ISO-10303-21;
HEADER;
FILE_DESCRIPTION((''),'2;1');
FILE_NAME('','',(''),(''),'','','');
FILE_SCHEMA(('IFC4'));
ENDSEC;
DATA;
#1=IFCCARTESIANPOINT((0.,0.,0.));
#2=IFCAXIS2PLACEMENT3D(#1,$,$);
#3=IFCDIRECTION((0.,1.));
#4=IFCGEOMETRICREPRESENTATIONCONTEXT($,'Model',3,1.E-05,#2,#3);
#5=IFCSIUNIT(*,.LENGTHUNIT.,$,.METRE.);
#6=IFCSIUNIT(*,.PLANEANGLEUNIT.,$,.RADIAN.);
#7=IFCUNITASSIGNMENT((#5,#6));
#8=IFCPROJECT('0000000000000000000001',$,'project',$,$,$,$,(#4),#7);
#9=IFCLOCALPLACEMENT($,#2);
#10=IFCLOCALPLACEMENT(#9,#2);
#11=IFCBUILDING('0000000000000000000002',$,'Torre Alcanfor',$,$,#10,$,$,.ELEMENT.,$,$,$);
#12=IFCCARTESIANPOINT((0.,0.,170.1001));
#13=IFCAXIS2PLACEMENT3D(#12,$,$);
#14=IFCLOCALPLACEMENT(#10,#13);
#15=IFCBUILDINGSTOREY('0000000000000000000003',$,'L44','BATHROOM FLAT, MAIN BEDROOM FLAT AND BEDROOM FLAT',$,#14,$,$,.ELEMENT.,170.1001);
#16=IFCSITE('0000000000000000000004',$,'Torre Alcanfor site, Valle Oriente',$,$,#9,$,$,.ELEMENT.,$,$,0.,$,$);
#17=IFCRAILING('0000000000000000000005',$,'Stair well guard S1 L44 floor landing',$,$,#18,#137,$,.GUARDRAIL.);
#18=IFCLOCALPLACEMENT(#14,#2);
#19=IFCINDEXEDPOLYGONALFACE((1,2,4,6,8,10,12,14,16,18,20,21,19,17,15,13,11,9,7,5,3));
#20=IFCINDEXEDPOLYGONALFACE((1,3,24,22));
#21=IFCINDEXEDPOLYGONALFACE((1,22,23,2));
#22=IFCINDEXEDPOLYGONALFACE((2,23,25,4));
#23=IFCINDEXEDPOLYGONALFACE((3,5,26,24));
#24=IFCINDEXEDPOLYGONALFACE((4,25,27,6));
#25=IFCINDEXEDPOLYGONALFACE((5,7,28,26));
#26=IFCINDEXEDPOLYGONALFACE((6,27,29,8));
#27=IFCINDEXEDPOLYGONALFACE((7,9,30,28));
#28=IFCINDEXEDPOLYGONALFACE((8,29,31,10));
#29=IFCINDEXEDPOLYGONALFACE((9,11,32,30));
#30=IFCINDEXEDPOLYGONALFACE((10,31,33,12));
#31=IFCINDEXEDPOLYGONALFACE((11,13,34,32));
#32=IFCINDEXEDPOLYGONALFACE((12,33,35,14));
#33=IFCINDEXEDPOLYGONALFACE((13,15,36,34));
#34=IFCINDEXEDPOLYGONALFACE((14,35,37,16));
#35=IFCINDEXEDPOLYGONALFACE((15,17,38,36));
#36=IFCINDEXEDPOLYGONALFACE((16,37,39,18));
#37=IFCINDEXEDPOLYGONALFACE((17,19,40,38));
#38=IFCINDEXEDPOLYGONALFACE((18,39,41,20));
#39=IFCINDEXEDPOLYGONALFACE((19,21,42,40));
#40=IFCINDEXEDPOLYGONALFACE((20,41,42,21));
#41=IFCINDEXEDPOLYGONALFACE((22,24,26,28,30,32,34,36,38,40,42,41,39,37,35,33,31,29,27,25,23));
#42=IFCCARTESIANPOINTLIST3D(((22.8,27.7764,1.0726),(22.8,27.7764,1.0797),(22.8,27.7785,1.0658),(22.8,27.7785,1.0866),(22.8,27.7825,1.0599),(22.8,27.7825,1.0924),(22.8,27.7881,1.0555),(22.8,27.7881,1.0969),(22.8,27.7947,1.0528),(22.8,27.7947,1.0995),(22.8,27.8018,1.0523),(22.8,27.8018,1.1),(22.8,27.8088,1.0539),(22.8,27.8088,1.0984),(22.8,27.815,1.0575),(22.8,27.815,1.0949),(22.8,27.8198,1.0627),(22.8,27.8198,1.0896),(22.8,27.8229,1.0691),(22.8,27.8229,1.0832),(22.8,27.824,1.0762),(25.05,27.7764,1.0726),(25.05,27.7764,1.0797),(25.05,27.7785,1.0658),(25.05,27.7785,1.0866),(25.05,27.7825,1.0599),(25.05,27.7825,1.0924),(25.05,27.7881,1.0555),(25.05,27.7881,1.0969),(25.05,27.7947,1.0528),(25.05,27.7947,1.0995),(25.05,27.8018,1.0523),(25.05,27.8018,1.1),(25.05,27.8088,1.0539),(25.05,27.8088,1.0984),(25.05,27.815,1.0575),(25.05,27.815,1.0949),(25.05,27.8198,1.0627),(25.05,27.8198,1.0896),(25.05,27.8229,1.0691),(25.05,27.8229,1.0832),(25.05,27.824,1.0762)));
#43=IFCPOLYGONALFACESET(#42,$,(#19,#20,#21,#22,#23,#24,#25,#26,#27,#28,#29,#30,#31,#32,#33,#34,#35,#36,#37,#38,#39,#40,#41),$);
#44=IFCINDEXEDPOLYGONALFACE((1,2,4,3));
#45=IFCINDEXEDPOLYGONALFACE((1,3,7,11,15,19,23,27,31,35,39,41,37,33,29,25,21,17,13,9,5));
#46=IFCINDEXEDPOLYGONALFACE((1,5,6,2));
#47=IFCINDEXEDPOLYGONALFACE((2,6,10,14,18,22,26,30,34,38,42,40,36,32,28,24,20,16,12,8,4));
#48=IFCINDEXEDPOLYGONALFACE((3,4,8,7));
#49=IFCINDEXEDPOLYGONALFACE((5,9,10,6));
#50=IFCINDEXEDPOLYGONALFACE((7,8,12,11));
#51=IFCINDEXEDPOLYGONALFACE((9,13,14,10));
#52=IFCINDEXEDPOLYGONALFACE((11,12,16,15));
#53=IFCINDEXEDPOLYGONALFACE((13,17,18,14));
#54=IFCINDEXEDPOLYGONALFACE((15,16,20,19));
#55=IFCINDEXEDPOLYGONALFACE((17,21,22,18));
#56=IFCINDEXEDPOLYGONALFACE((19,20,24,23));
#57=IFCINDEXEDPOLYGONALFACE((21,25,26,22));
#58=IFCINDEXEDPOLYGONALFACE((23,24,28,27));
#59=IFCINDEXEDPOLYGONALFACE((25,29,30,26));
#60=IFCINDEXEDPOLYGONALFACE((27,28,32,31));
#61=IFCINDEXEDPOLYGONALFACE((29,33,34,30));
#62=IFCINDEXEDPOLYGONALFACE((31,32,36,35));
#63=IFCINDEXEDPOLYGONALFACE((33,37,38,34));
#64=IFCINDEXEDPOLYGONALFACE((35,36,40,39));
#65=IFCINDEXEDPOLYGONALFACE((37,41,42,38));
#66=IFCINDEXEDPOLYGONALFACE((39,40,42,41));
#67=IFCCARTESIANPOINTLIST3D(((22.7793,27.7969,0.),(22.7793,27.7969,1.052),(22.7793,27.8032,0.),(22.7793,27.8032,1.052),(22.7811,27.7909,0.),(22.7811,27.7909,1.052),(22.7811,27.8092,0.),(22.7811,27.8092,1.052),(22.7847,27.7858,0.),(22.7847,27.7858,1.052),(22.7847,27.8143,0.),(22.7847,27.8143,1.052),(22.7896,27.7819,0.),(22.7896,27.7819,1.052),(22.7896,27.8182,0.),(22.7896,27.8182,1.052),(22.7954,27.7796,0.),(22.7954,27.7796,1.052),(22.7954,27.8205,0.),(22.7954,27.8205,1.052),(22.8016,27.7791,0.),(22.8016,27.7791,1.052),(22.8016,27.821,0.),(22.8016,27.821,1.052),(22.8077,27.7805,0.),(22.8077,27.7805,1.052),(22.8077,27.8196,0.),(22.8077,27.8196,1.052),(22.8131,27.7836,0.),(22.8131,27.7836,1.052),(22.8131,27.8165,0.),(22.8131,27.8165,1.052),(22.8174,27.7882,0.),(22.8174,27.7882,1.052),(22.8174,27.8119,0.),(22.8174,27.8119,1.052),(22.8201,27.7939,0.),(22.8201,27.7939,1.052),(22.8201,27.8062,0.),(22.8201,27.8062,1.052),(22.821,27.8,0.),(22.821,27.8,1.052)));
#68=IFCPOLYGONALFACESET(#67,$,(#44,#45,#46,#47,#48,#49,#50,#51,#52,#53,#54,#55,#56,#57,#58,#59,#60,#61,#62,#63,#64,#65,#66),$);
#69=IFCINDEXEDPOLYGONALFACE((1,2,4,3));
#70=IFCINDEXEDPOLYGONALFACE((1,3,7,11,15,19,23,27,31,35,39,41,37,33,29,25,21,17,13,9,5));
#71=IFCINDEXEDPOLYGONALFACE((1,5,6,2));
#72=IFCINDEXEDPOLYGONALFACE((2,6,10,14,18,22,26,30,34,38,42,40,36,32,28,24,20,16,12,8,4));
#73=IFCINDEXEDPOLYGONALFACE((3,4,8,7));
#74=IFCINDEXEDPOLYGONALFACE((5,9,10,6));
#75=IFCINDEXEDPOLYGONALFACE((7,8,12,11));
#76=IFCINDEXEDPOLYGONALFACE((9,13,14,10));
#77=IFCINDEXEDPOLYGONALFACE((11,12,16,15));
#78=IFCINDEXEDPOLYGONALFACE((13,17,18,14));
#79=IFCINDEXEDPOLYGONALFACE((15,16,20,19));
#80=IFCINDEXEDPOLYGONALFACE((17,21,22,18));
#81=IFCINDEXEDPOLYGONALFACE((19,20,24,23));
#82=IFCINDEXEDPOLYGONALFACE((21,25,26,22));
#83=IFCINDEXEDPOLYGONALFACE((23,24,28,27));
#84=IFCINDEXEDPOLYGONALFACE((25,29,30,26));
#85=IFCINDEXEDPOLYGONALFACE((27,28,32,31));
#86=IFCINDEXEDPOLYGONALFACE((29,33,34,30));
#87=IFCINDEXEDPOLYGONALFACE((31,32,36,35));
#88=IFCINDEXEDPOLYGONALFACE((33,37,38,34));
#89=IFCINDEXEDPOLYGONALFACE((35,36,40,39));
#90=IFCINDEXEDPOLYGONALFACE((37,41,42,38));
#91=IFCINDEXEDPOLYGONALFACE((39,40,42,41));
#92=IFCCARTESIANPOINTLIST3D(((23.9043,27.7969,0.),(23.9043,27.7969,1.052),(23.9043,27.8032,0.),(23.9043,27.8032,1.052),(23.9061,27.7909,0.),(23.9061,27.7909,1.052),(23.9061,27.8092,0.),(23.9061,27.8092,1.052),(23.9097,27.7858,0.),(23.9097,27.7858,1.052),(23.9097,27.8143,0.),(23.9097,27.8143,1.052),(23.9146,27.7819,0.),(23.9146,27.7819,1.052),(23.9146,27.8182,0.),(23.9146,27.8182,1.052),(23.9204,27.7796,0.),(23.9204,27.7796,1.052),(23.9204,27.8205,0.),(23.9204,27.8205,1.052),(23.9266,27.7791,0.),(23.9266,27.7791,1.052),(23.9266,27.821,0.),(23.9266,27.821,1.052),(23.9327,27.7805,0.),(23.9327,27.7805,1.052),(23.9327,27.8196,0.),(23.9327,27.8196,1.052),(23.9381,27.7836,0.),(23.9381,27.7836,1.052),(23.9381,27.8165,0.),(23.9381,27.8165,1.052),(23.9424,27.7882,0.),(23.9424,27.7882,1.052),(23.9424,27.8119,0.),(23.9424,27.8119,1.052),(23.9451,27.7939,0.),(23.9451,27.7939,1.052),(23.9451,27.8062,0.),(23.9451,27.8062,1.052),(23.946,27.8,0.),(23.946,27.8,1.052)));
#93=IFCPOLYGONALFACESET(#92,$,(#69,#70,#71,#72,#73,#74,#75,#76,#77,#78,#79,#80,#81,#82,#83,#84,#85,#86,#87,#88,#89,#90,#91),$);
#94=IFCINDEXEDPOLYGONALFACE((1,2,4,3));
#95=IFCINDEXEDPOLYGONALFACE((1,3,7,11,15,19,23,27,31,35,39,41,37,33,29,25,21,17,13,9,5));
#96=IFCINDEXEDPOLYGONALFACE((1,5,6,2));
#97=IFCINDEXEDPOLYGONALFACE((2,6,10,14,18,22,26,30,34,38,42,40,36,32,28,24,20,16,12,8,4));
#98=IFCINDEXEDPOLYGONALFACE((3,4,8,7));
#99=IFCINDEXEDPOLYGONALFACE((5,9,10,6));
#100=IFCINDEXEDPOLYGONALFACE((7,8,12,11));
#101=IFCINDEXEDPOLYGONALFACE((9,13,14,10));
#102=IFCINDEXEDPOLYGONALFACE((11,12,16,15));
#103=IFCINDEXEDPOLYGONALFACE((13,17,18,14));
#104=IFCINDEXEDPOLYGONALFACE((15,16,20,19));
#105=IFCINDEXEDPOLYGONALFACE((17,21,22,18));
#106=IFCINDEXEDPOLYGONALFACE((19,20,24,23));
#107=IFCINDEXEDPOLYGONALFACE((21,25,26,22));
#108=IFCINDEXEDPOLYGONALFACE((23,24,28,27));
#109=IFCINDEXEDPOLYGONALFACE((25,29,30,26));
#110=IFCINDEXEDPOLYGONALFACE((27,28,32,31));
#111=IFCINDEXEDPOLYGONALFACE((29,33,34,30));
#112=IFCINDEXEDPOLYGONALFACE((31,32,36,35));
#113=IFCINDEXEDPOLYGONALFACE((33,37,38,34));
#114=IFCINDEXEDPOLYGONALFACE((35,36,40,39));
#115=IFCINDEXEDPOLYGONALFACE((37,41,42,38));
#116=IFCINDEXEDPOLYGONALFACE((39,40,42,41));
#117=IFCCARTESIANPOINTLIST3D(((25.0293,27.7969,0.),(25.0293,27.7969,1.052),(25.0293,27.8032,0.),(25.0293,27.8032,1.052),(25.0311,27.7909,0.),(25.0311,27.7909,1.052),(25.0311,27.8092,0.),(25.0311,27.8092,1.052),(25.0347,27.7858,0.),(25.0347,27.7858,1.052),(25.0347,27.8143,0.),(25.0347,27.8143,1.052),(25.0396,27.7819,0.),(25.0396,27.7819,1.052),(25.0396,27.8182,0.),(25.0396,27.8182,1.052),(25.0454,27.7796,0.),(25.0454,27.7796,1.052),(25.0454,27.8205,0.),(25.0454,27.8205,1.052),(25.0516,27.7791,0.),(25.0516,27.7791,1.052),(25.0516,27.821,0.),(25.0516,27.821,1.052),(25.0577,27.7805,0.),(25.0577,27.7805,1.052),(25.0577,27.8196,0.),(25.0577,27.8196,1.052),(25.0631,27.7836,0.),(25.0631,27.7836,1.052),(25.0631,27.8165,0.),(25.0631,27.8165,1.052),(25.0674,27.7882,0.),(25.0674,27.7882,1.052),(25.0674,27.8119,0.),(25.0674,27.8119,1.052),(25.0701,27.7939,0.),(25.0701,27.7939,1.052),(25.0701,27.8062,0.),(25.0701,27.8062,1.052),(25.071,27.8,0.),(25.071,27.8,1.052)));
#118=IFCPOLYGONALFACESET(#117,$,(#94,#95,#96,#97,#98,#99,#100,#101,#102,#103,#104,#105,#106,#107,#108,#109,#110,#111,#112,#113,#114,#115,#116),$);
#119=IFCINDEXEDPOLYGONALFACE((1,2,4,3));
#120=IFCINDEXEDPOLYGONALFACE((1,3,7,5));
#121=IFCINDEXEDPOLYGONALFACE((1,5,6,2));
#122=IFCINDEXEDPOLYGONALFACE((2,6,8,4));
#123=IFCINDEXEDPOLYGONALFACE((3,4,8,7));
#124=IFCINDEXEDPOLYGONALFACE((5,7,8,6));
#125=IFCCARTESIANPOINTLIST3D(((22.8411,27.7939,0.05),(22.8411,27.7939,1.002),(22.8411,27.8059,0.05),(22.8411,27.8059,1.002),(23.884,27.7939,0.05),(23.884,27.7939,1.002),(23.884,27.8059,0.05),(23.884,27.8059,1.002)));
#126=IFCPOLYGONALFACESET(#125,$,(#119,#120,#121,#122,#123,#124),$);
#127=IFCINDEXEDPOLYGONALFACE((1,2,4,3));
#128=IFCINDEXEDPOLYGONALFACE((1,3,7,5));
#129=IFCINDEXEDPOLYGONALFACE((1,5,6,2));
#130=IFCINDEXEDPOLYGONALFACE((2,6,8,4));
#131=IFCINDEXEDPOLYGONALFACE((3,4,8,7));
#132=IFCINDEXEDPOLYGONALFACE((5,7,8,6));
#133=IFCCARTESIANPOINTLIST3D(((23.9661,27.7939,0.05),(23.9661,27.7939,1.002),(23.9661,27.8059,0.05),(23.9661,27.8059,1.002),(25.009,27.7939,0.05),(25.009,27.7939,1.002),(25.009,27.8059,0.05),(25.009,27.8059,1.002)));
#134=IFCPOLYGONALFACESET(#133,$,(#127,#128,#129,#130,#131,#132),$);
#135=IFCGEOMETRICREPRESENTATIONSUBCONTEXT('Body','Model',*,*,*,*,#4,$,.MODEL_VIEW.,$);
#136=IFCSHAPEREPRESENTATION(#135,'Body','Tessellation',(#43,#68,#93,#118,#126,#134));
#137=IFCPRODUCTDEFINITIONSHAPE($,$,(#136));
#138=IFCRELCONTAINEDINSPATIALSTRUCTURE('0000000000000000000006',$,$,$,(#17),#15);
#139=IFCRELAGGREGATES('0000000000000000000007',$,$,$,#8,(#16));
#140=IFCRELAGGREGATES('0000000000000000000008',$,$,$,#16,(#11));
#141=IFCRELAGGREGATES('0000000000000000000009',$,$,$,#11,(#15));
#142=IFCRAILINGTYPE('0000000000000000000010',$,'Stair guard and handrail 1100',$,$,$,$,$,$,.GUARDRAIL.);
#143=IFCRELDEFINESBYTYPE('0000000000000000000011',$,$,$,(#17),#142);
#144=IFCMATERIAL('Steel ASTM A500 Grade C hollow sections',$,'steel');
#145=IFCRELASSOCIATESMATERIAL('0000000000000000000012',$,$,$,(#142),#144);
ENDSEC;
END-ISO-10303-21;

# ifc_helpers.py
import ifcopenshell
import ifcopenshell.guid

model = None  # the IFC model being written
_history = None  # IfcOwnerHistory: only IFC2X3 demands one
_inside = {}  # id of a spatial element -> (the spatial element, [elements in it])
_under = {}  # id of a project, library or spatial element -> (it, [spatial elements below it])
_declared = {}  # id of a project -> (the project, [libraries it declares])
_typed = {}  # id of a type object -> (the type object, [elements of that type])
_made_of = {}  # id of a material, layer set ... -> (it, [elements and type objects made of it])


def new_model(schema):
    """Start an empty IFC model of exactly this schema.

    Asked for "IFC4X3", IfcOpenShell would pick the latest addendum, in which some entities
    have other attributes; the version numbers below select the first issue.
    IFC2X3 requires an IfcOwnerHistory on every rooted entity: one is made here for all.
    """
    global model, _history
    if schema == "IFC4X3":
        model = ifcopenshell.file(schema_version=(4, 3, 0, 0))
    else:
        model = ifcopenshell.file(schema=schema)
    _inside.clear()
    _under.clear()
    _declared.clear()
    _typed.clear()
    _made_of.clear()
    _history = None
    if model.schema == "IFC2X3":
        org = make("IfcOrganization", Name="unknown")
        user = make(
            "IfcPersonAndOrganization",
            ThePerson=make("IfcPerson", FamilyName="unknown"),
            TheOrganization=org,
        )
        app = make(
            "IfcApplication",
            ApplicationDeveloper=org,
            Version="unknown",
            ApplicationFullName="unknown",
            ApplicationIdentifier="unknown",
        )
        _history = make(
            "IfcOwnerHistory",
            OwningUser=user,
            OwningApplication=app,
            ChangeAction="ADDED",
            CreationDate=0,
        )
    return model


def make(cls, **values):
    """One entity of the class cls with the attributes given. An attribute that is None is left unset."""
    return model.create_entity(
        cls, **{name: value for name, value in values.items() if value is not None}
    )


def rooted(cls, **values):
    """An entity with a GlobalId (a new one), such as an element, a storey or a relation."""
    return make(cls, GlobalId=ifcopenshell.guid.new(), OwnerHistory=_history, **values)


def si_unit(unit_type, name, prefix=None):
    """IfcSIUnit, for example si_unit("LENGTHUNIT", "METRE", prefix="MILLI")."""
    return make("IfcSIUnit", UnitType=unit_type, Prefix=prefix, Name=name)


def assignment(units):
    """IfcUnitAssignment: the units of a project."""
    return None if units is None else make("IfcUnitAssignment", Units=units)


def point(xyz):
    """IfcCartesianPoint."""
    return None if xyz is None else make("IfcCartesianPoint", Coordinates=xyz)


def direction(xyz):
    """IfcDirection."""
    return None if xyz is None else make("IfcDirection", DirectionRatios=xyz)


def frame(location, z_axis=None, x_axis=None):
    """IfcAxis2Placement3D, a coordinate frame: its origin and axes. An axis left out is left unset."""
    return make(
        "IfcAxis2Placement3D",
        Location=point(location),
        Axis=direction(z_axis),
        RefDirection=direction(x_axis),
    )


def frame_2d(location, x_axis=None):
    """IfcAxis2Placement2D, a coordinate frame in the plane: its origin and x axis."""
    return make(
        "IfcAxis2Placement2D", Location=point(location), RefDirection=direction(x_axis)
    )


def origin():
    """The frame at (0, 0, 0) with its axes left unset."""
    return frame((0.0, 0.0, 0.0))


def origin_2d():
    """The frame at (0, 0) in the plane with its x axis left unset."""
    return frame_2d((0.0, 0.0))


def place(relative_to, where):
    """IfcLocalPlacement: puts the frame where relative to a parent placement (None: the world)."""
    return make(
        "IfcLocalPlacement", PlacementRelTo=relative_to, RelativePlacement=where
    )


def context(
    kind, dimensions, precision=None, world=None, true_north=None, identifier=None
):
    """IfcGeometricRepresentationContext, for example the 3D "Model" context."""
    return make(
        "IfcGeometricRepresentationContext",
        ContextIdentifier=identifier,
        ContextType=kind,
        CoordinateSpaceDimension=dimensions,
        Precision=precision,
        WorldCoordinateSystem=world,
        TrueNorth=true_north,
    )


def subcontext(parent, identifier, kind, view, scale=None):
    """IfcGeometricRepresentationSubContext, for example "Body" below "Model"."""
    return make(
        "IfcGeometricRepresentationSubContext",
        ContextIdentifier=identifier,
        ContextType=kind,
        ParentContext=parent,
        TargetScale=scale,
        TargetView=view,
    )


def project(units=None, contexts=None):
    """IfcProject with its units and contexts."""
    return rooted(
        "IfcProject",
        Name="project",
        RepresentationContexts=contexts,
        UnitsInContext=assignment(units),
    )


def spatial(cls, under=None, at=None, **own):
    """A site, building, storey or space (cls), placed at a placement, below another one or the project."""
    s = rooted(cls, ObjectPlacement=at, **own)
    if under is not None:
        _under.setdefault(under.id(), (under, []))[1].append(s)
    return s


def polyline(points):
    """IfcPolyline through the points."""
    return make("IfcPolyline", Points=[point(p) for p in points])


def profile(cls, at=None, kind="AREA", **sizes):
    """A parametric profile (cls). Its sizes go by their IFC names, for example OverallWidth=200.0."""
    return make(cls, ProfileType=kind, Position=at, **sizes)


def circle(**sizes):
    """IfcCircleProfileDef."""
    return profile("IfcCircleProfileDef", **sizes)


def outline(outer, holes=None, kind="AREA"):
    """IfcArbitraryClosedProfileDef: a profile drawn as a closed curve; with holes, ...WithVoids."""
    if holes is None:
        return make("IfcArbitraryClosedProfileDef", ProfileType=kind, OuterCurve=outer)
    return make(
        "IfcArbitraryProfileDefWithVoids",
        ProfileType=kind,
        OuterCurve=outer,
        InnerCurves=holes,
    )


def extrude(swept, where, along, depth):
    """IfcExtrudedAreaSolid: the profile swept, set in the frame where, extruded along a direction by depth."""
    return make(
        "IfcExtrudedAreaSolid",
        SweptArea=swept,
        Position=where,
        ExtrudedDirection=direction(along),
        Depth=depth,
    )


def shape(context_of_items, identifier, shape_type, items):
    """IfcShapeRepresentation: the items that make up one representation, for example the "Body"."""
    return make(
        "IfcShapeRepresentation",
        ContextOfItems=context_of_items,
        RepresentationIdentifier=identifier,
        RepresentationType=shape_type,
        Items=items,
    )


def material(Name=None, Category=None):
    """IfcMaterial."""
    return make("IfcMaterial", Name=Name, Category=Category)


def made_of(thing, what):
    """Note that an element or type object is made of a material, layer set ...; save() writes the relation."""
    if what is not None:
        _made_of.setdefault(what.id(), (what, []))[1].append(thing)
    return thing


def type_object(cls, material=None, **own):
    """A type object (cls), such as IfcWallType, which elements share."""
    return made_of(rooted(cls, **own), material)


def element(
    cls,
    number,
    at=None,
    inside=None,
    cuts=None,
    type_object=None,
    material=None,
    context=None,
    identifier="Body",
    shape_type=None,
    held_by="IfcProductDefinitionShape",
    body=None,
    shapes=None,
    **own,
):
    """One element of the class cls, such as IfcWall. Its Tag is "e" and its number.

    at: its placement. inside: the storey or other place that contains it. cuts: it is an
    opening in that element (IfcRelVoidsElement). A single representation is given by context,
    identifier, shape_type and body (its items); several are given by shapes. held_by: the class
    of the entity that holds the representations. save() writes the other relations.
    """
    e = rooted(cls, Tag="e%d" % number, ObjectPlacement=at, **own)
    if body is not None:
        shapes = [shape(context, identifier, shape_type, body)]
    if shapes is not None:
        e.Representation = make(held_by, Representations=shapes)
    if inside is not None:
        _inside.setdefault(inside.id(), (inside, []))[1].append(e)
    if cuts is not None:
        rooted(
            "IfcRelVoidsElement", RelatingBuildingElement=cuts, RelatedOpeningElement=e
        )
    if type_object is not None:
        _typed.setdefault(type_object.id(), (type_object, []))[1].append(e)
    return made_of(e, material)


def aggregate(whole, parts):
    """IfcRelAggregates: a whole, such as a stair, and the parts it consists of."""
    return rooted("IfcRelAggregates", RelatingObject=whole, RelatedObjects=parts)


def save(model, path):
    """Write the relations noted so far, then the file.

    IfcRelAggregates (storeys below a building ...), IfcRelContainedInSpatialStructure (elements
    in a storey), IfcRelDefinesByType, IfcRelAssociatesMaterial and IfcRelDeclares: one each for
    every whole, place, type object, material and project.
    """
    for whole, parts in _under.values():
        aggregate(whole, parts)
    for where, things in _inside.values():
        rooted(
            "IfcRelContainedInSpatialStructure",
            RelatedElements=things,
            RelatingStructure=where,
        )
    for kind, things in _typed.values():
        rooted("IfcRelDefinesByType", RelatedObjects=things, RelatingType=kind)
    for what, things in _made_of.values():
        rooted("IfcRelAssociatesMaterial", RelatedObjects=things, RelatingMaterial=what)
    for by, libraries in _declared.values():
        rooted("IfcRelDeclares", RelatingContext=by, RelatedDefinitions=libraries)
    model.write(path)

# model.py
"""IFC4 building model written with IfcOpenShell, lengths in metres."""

from ifc_helpers import new_model, si_unit, direction, frame, origin, origin_2d, place, context, subcontext, project, spatial, polyline, circle, outline, extrude, material, type_object, element, save


model = new_model("IFC4")

# Units and contexts
model_context = context("Model", 3, precision=1e-05, world=origin(), true_north=direction((0.0, 1.0)))
body_context = subcontext(model_context, "Body", "Model", "MODEL_VIEW")
ifc_project = project(units=[si_unit("LENGTHUNIT", "METRE"), si_unit("PLANEANGLEUNIT", "RADIAN")], contexts=[model_context])

# Site, building, storey
site_placement = place(None, origin())
site = spatial("IfcSite", under=ifc_project, at=site_placement, Name="Torre Alcanfor site, Valle Oriente", CompositionType="ELEMENT", RefElevation=0.0)
building_placement = place(site_placement, origin())
building = spatial("IfcBuilding", under=site, at=building_placement, Name="Torre Alcanfor", CompositionType="ELEMENT")
storey_placement = place(building_placement, frame((0.0, 0.0, 170.1001)))
storey = spatial("IfcBuildingStorey", under=building, at=storey_placement, Name="L44", Description="BATHROOM FLAT, MAIN BEDROOM FLAT AND BEDROOM FLAT", CompositionType="ELEMENT", Elevation=170.1001)

# Railing
ifc_material_1 = material(Name="Steel ASTM A500 Grade C hollow sections", Category="steel")
railing_type_1 = type_object("IfcRailingType", Name="Stair guard and handrail 1100", PredefinedType="GUARDRAIL", material=ifc_material_1)
railing_1_placement = place(storey_placement, frame((22.8, 27.8, 0.0)))
element("IfcRailing", 1, at=railing_1_placement, inside=storey, type_object=railing_type_1, Name="Stair well guard S1 L44 floor landing", PredefinedType="GUARDRAIL", context=body_context, shape_type="SweptSolid", body=[
    extrude(circle(Radius=0.0239, at=origin_2d()), frame((0.0, 0.0, 1.0762), z_axis=(1.0, 0.0, 0.0), x_axis=(0.0, 1.0, 0.0)), (0.0, 0.0, 1.0), 2.25),
    extrude(circle(Radius=0.021, at=origin_2d()), origin(), (0.0, 0.0, 1.0), 1.052),
    extrude(circle(Radius=0.021, at=origin_2d()), frame((1.125, 0.0, 0.0)), (0.0, 0.0, 1.0), 1.052),
    extrude(circle(Radius=0.021, at=origin_2d()), frame((2.25, 0.0, 0.0)), (0.0, 0.0, 1.0), 1.052),
    extrude(outline(polyline([(0.041, 0.05), (1.084, 0.05), (1.084, 1.002), (0.041, 1.002), (0.041, 0.05)])), frame((0.0, 0.0059, 0.0), z_axis=(0.0, -1.0, 0.0), x_axis=(1.0, 0.0, 0.0)), (0.0, 0.0, 1.0), 0.012),
    extrude(outline(polyline([(1.166, 0.05), (2.209, 0.05), (2.209, 1.002), (1.166, 1.002), (1.166, 0.05)])), frame((0.0, 0.0059, 0.0), z_axis=(0.0, -1.0, 0.0), x_axis=(1.0, 0.0, 0.0)), (0.0, 0.0, 1.0), 0.012),
])

save(model, "model.ifc")
